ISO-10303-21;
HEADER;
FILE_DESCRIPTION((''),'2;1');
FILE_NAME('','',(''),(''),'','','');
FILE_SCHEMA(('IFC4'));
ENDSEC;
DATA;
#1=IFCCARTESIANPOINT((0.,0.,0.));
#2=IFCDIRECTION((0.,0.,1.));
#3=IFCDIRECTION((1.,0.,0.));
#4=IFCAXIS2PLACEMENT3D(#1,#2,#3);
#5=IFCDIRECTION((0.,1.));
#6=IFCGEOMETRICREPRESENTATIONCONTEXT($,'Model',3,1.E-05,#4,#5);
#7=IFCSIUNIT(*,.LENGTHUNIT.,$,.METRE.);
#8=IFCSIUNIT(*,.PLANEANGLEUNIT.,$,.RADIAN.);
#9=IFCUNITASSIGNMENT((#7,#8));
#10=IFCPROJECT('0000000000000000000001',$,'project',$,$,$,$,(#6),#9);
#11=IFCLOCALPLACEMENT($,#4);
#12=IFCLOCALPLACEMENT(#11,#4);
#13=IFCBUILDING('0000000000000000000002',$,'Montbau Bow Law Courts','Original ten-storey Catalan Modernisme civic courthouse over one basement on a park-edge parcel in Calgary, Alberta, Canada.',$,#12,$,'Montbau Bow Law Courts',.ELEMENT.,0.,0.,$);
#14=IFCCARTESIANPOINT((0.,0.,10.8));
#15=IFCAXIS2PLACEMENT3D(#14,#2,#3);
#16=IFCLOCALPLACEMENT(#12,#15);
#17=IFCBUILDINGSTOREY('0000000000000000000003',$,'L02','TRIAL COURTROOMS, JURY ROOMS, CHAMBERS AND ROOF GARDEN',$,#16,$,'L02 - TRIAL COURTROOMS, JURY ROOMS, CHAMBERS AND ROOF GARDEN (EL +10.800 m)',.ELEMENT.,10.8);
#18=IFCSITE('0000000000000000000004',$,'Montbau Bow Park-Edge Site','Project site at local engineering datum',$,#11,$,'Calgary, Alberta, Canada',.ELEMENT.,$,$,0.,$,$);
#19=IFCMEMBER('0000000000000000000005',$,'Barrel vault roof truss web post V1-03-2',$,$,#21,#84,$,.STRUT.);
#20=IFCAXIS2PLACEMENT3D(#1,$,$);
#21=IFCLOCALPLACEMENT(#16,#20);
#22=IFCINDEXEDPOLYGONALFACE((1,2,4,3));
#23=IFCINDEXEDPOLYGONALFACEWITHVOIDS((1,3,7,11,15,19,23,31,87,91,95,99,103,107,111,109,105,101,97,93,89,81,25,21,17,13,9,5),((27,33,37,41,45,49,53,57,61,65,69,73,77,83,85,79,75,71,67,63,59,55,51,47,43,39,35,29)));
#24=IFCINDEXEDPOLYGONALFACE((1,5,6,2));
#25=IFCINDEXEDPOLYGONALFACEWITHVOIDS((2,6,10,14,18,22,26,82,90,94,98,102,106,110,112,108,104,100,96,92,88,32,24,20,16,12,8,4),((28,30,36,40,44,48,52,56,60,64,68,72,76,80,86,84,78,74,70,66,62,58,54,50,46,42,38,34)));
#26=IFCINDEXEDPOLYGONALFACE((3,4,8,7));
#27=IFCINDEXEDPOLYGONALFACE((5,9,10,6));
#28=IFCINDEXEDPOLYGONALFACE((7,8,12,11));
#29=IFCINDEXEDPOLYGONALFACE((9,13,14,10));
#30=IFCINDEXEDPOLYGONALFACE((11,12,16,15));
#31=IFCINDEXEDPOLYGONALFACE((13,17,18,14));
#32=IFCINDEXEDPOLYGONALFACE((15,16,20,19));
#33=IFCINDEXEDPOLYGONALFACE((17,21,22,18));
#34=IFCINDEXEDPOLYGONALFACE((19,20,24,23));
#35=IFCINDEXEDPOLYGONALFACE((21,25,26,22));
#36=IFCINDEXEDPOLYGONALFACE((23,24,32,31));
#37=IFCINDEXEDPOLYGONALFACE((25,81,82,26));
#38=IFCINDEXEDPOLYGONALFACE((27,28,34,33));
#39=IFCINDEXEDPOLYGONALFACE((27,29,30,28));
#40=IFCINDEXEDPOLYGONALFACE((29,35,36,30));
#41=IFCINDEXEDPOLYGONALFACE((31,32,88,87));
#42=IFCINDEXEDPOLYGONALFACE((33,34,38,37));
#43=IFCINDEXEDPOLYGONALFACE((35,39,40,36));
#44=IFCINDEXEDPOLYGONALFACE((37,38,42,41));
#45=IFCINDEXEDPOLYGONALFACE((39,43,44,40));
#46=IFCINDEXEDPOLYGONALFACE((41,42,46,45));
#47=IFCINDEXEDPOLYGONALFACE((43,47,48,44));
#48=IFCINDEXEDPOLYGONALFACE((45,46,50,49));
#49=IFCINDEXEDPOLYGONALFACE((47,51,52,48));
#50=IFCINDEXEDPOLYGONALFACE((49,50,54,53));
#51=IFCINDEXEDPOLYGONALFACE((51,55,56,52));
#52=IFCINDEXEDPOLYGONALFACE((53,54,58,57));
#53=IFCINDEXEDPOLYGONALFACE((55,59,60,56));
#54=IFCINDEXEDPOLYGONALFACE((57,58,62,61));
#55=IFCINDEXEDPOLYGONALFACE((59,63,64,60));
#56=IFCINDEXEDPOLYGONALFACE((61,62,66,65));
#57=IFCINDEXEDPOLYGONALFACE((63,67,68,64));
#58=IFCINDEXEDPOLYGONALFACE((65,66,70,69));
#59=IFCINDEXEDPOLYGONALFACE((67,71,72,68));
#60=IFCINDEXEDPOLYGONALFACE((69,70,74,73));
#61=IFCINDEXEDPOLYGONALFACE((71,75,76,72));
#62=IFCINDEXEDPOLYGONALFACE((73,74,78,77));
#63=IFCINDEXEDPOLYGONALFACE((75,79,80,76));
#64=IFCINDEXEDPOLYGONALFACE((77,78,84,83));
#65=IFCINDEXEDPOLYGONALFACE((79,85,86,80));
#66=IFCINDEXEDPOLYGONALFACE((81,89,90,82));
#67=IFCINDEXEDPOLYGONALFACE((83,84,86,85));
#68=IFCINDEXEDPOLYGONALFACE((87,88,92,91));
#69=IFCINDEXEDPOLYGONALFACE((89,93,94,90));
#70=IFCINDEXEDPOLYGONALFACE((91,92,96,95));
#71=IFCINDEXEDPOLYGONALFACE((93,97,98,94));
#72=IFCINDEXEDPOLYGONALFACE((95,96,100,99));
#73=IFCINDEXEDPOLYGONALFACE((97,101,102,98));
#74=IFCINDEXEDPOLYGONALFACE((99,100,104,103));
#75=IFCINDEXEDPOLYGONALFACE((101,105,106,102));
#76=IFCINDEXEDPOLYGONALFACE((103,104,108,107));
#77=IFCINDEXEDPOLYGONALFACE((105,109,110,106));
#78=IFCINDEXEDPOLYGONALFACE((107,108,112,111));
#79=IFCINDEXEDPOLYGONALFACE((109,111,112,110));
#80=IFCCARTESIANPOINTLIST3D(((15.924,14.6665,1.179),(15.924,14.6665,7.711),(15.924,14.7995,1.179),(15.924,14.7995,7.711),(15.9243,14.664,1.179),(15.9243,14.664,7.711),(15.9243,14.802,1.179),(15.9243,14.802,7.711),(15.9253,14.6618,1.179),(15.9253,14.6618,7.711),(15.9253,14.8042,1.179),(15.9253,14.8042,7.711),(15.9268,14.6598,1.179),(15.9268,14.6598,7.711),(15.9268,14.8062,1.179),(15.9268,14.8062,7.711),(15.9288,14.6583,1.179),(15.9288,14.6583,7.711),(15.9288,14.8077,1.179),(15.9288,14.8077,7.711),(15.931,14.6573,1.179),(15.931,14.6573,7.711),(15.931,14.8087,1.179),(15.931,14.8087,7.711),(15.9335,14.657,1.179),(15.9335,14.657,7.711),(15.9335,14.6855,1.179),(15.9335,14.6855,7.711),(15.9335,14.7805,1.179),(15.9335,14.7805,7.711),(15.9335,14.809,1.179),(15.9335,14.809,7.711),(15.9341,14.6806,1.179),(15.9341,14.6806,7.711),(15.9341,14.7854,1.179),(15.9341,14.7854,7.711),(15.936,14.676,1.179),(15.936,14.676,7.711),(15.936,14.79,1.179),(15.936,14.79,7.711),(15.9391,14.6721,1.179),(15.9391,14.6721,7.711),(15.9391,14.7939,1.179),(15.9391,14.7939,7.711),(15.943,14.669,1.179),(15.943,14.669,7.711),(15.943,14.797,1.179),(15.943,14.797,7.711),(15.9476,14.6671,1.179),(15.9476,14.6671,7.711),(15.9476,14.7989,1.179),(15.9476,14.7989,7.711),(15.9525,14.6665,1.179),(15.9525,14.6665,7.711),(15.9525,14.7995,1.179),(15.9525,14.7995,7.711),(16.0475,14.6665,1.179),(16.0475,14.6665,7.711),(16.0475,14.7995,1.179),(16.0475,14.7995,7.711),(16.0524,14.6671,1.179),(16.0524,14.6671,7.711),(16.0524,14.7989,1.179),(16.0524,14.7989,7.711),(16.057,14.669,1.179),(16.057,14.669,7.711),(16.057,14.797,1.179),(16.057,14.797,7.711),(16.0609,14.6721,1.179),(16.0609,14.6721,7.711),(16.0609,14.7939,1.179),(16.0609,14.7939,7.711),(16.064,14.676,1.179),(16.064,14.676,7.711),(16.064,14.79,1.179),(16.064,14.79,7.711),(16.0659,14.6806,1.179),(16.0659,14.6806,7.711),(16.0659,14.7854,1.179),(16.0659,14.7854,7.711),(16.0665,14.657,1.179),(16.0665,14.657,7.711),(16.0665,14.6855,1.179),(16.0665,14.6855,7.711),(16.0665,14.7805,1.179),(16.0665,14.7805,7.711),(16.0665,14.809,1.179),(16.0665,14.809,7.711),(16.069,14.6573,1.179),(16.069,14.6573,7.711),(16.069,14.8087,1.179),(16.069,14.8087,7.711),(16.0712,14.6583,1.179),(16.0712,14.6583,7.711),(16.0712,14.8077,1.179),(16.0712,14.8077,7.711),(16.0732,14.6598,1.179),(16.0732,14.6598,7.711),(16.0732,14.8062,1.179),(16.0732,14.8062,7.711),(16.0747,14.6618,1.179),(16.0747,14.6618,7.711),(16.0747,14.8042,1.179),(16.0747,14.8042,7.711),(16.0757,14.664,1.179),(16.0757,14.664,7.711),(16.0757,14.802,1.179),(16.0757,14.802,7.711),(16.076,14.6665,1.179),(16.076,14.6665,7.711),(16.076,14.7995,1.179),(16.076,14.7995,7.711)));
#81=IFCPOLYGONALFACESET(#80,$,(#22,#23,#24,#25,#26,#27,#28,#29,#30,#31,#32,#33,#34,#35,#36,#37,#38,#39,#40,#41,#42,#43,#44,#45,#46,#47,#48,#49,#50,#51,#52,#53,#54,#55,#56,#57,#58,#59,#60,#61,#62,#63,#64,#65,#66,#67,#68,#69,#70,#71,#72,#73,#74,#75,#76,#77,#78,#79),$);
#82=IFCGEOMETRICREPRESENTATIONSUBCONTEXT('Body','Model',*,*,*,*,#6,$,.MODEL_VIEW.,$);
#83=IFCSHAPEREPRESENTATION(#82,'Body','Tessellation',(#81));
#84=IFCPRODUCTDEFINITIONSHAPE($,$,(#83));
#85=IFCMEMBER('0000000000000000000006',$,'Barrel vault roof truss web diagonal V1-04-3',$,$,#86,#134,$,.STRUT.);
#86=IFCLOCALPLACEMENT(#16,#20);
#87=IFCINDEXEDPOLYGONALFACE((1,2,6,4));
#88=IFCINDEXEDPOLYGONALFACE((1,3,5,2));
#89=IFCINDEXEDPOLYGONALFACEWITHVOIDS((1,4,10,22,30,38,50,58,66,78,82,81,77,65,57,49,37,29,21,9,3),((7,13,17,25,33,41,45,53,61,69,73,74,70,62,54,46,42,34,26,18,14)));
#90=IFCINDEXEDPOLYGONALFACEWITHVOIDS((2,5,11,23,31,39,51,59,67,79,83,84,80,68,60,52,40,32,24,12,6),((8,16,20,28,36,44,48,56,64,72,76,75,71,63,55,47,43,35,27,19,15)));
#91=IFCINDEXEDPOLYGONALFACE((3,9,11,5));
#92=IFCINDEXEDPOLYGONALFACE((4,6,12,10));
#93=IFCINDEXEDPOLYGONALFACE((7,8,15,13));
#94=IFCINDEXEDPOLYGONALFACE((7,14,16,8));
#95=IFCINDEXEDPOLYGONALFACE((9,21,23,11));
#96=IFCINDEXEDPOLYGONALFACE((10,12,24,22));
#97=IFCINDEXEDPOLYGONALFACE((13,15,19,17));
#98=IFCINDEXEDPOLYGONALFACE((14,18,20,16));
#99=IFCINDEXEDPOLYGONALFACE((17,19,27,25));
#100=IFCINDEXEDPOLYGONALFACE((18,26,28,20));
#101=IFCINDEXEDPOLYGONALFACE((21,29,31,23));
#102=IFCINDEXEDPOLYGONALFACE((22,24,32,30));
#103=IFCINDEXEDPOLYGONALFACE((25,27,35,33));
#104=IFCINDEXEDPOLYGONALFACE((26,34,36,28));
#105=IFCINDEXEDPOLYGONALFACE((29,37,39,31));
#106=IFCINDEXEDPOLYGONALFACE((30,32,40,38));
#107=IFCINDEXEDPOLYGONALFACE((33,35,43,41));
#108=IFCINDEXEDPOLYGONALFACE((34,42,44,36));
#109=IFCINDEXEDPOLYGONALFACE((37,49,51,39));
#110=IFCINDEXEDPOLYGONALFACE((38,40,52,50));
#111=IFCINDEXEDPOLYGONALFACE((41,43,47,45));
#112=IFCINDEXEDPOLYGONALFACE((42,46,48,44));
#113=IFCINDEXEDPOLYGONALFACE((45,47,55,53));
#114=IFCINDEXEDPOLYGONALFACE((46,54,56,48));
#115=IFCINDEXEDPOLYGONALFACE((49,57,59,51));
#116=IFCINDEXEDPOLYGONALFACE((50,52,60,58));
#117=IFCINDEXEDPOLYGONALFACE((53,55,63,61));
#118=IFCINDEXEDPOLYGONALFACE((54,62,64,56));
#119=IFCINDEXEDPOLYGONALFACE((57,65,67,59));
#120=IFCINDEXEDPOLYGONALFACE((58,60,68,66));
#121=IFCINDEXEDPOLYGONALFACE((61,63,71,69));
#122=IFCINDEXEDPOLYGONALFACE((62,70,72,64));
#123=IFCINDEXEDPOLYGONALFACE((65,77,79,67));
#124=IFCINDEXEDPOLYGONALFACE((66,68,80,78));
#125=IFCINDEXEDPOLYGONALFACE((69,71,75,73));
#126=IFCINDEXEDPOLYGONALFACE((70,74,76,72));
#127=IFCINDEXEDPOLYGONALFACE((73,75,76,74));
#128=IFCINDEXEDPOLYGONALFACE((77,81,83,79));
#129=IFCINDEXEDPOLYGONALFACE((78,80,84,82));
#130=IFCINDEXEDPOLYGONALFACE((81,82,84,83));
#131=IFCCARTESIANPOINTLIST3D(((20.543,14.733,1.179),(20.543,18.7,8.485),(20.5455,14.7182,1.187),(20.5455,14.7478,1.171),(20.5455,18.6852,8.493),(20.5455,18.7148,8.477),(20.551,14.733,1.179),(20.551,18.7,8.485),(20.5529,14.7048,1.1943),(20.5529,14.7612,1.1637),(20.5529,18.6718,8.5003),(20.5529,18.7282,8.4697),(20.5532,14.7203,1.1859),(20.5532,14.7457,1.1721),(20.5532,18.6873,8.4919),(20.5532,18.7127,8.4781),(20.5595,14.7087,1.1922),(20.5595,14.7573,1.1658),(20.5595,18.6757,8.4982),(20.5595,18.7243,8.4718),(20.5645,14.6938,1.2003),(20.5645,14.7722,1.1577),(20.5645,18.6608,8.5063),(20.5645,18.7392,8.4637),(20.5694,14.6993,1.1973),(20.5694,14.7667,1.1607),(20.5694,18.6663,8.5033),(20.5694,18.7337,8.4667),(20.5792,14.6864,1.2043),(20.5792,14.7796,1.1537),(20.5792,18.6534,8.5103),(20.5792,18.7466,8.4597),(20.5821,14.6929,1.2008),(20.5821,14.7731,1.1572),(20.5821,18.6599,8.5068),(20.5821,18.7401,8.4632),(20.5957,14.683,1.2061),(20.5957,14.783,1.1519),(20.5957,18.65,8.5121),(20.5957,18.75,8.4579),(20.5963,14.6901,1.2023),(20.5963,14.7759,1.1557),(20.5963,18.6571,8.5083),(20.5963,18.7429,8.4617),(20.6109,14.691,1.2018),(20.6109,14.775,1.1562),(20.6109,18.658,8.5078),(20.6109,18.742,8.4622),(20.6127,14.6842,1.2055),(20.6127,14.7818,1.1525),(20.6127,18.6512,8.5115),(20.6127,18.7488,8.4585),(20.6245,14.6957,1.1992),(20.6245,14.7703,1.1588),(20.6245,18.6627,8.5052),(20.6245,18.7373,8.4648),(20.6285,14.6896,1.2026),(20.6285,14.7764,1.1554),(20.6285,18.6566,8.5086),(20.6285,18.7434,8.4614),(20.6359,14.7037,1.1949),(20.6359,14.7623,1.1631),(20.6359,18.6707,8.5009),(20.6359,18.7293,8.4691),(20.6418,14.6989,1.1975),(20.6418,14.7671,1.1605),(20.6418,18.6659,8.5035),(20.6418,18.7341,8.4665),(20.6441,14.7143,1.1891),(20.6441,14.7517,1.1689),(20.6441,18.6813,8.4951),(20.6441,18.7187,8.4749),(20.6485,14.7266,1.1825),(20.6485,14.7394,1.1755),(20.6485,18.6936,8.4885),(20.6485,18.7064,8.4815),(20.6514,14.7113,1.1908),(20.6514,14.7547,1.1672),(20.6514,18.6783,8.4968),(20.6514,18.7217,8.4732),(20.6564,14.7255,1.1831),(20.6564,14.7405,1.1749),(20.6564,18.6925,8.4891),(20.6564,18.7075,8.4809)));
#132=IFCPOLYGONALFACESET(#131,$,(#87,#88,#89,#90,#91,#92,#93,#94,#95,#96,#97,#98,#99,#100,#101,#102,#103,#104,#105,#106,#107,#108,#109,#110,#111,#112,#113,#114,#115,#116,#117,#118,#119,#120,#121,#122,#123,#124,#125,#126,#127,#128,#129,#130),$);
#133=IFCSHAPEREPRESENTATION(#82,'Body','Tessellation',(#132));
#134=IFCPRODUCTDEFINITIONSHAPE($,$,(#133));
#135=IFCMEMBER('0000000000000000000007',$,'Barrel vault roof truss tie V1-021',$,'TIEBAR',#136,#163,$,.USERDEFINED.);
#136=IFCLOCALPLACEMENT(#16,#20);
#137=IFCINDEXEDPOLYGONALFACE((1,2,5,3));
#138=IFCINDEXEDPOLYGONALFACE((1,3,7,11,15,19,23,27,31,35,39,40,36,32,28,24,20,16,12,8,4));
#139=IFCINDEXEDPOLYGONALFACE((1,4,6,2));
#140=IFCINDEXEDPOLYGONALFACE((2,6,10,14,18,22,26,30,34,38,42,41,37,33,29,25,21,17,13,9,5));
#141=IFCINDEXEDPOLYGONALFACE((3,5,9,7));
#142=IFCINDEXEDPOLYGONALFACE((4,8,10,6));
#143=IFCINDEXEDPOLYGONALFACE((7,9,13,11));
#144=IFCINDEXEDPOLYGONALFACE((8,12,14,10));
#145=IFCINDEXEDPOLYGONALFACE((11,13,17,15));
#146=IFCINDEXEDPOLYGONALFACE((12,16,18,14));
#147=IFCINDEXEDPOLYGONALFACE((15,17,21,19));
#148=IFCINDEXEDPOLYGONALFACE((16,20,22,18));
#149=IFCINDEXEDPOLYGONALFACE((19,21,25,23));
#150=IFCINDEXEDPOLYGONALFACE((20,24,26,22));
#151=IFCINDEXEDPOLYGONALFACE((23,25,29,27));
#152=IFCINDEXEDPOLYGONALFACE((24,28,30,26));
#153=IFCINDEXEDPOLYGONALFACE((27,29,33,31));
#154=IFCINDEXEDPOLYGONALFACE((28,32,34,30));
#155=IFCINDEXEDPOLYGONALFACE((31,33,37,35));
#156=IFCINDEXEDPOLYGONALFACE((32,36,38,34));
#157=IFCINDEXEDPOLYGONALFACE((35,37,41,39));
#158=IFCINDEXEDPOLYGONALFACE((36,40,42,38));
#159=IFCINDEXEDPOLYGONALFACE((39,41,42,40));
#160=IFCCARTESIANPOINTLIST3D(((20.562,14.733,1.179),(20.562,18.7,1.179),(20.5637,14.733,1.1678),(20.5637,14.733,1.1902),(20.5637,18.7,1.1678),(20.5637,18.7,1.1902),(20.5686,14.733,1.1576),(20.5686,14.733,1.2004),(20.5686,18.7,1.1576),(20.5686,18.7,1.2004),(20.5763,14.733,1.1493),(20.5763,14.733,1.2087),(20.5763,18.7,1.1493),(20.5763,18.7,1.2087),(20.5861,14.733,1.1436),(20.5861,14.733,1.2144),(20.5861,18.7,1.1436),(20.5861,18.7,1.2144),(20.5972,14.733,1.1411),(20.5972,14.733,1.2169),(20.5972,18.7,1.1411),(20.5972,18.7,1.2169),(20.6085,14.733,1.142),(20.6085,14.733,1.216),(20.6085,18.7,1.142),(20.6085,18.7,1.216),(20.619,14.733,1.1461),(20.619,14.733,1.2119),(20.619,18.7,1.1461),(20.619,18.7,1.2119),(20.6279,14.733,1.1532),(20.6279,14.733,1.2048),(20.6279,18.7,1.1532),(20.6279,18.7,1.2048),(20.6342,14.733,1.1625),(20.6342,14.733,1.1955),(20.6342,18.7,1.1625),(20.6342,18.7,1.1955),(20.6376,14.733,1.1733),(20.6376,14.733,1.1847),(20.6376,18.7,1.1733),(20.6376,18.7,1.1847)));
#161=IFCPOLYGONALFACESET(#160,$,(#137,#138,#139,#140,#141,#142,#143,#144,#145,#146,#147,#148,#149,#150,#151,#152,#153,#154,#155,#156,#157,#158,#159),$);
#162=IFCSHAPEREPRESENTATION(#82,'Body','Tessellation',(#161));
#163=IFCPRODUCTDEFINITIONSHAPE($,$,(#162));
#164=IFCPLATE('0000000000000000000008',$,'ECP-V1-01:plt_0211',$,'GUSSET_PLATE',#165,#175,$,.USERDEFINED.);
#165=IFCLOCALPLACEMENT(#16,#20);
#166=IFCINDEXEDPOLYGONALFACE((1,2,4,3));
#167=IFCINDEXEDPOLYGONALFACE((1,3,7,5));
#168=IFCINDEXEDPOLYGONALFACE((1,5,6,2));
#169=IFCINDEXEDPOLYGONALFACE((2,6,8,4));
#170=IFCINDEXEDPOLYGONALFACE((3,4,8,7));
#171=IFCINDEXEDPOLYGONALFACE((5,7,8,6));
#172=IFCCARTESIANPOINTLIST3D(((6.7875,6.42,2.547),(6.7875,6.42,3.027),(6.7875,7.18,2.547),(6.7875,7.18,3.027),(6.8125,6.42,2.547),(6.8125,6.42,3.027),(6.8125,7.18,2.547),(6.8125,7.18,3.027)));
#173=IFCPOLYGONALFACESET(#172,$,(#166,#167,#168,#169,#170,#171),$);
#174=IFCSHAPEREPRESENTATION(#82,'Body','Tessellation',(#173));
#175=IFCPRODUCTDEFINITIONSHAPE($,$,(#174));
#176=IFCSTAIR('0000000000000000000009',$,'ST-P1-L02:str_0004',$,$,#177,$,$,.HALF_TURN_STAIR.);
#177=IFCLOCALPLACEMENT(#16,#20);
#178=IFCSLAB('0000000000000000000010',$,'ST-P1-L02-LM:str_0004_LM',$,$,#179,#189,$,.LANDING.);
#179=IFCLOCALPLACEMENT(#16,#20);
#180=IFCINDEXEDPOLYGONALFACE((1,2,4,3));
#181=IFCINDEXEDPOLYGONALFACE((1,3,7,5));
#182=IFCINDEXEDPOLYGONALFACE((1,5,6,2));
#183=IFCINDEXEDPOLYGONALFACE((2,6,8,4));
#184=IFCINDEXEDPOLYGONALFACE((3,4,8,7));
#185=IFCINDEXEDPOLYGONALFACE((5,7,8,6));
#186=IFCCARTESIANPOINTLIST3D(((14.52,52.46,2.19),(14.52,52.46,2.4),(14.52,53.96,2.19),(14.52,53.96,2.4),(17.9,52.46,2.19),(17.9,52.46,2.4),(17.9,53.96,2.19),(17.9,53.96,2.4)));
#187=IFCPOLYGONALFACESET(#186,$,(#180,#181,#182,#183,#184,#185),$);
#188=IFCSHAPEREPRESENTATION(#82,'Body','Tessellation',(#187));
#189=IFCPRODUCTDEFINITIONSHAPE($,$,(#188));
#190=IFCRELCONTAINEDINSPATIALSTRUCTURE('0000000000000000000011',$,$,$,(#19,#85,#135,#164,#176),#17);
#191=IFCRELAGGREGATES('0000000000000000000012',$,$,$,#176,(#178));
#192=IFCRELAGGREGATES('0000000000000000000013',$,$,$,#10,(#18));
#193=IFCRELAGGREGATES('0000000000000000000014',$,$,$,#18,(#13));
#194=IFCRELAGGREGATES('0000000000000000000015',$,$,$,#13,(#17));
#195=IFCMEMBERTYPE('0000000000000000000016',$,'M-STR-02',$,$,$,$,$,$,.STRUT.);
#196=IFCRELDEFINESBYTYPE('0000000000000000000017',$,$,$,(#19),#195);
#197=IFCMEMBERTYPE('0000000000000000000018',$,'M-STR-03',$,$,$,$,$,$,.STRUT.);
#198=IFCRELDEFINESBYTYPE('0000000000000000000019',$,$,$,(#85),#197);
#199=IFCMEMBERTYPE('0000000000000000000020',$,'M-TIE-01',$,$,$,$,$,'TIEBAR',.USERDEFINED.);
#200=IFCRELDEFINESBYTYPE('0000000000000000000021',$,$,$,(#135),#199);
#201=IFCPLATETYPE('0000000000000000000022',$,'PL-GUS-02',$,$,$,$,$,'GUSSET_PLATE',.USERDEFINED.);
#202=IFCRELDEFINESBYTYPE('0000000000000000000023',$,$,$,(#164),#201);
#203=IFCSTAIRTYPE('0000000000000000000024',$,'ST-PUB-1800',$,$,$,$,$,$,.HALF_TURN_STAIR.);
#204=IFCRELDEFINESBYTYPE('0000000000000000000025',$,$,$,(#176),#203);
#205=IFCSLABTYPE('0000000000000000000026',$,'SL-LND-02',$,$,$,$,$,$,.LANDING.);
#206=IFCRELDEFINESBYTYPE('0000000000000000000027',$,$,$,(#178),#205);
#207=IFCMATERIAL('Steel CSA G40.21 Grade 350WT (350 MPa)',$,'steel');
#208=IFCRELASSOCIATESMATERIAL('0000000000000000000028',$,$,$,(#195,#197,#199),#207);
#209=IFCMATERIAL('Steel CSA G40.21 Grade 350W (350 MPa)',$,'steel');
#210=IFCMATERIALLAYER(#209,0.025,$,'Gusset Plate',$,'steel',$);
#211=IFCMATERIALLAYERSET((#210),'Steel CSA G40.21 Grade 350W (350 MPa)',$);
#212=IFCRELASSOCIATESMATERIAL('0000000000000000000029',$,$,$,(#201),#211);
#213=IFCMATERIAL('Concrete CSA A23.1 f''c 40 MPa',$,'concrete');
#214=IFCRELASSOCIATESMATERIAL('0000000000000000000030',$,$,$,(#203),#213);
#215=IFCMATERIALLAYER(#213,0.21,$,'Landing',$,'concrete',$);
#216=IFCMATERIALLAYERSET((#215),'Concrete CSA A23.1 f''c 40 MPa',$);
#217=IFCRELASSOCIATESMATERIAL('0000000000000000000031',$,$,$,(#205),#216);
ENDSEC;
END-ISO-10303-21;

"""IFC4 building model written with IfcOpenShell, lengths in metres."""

from ifc_helpers import new_model, si_unit, direction, frame, origin_with_axes, origin_2d_with_axis, place, context, subcontext, project, spatial, polyline, rectangle, hollow_rectangle, circle, hollow_circle, outline, extrude, material, layer, layer_set, material_profile, profile_set, type_object, element, aggregate, save


model = new_model("IFC4")

# Units and contexts
model_context = context("Model", 3, precision=1e-05, world=origin_with_axes(), true_north=direction((0.0, 1.0)))
body_context = subcontext(model_context, "Body", "Model", "MODEL_VIEW")
ifc_project = project(units=[si_unit("LENGTHUNIT", "METRE"), si_unit("PLANEANGLEUNIT", "RADIAN")], contexts=[model_context])

# Site, building, storey
site_placement = place(None, origin_with_axes())
site = spatial("IfcSite", under=ifc_project, at=site_placement, Name="Montbau Bow Park-Edge Site", Description="Project site at local engineering datum", LongName="Calgary, Alberta, Canada", CompositionType="ELEMENT", RefElevation=0.0)
building_placement = place(site_placement, origin_with_axes())
building = spatial("IfcBuilding", under=site, at=building_placement, Name="Montbau Bow Law Courts", Description="Original ten-storey Catalan Modernisme civic courthouse over one basement on a park-edge parcel in Calgary, Alberta, Canada.", LongName="Montbau Bow Law Courts", CompositionType="ELEMENT", ElevationOfRefHeight=0.0, ElevationOfTerrain=0.0)
storey_placement = place(building_placement, frame((0.0, 0.0, 10.8), z_axis=(0.0, 0.0, 1.0), x_axis=(1.0, 0.0, 0.0)))
storey = spatial("IfcBuildingStorey", under=building, at=storey_placement, Name="L02", Description="TRIAL COURTROOMS, JURY ROOMS, CHAMBERS AND ROOF GARDEN", LongName="L02 - TRIAL COURTROOMS, JURY ROOMS, CHAMBERS AND ROOF GARDEN (EL +10.800 m)", CompositionType="ELEMENT", Elevation=10.8)

# Shared definitions
ifc_material_1 = material(Name="Steel CSA G40.21 Grade 350WT (350 MPa)", Category="steel")

# Members
ifc_material_profile_1 = material_profile(ifc_material_1, hollow_rectangle(XDim=0.152, YDim=0.152, WallThickness=0.0095, InnerFilletRadius=0.019, OuterFilletRadius=0.0095, at=origin_2d_with_axis()), Name="HSS152X152X9.5", Category="Main", Priority=0)
ifc_profile_set_1 = profile_set([ifc_material_profile_1], Name="Steel CSA G40.21 Grade 350WT (350 MPa)")
member_type_1 = type_object("IfcMemberType", Name="M-STR-02", PredefinedType="STRUT", material=ifc_profile_set_1)
member_1_placement = place(None, frame((16.0, 14.733, 11.979), z_axis=(0.0, 0.0, 1.0), x_axis=(1.0, 0.0, 0.0)))
element("IfcMember", 1, at=member_1_placement, inside=storey, type_object=member_type_1, Name="Barrel vault roof truss web post V1-03-2", PredefinedType="STRUT", context=body_context, shape_type="SweptSolid", body=[
    extrude(hollow_rectangle(XDim=0.152, YDim=0.152, WallThickness=0.0095, InnerFilletRadius=0.019, OuterFilletRadius=0.0095, at=origin_2d_with_axis()), origin_with_axes(), (0.0, 0.0, 1.0), 6.532),
])
ifc_material_profile_2 = material_profile(ifc_material_1, hollow_circle(Radius=0.057, WallThickness=0.008, at=origin_2d_with_axis()), Name="HSS114X8.0", Category="Main", Priority=0)
ifc_profile_set_2 = profile_set([ifc_material_profile_2], Name="Steel CSA G40.21 Grade 350WT (350 MPa)")
member_type_2 = type_object("IfcMemberType", Name="M-STR-03", PredefinedType="STRUT", material=ifc_profile_set_2)
member_2_placement = place(None, frame((20.6, 14.733, 11.979), z_axis=(0.0, 0.477174, 0.878809), x_axis=(-1.0, 0.0, 0.0)))
element("IfcMember", 2, at=member_2_placement, inside=storey, type_object=member_type_2, Name="Barrel vault roof truss web diagonal V1-04-3", PredefinedType="STRUT", context=body_context, shape_type="SweptSolid", body=[
    extrude(hollow_circle(Radius=0.057, WallThickness=0.008, at=origin_2d_with_axis()), origin_with_axes(), (0.0, 0.0, 1.0), 8.3135),
])
ifc_material_profile_3 = material_profile(ifc_material_1, circle(Radius=0.038, at=origin_2d_with_axis()), Name="ROD76", Category="Main", Priority=0)
ifc_profile_set_3 = profile_set([ifc_material_profile_3], Name="Steel CSA G40.21 Grade 350WT (350 MPa)")
member_type_3 = type_object("IfcMemberType", Name="M-TIE-01", ElementType="TIEBAR", PredefinedType="USERDEFINED", material=ifc_profile_set_3)
member_3_placement = place(None, frame((20.6, 14.733, 11.979), z_axis=(0.0, 1.0, 0.0), x_axis=(-1.0, 0.0, 0.0)))
element("IfcMember", 3, at=member_3_placement, inside=storey, type_object=member_type_3, Name="Barrel vault roof truss tie V1-021", ObjectType="TIEBAR", PredefinedType="USERDEFINED", context=body_context, shape_type="SweptSolid", body=[
    extrude(circle(Radius=0.038, at=origin_2d_with_axis()), origin_with_axes(), (0.0, 0.0, 1.0), 3.967),
])

# Plate
ifc_material_2 = material(Name="Steel CSA G40.21 Grade 350W (350 MPa)", Category="steel")
ifc_layer_1 = layer(ifc_material_2, 0.025, Name="Gusset Plate", Category="steel")
ifc_layer_set_1 = layer_set([ifc_layer_1], Name="Steel CSA G40.21 Grade 350W (350 MPa)")
plate_type = type_object("IfcPlateType", Name="PL-GUS-02", ElementType="GUSSET_PLATE", PredefinedType="USERDEFINED", material=ifc_layer_set_1)
plate_placement = place(None, frame((6.8, 6.8, 13.347), z_axis=(0.0, 0.0, 1.0), x_axis=(1.0, 0.0, 0.0)))
element("IfcPlate", 4, at=plate_placement, inside=storey, type_object=plate_type, Name="ECP-V1-01:plt_0211", ObjectType="GUSSET_PLATE", PredefinedType="USERDEFINED", context=body_context, shape_type="SweptSolid", body=[
    extrude(rectangle(XDim=0.025, YDim=0.76, at=origin_2d_with_axis()), origin_with_axes(), (0.0, 0.0, 1.0), 0.48),
])

# Stair, slab
ifc_material_3 = material(Name="Concrete CSA A23.1 f'c 40 MPa", Category="concrete")
stair_type_1 = type_object("IfcStairType", Name="ST-PUB-1800", PredefinedType="HALF_TURN_STAIR", material=ifc_material_3)
stair_1_placement = place(None, frame((15.33, 48.3, 10.8), z_axis=(0.0, 0.0, 1.0), x_axis=(1.0, 0.0, 0.0)))
stair_1 = element("IfcStair", 5, at=stair_1_placement, inside=storey, type_object=stair_type_1, Name="ST-P1-L02:str_0004", PredefinedType="HALF_TURN_STAIR")
ifc_layer_2 = layer(ifc_material_3, 0.21, Name="Landing", Category="concrete")
ifc_layer_set_2 = layer_set([ifc_layer_2], Name="Concrete CSA A23.1 f'c 40 MPa")
slab_type_1 = type_object("IfcSlabType", Name="SL-LND-02", PredefinedType="LANDING", material=ifc_layer_set_2)
slab_1_placement = place(None, frame((0.0, 0.0, 12.99), z_axis=(0.0, 0.0, 1.0), x_axis=(1.0, 0.0, 0.0)))
slab_1 = element("IfcSlab", 6, at=slab_1_placement, type_object=slab_type_1, Name="ST-P1-L02-LM:str_0004_LM", PredefinedType="LANDING", context=body_context, shape_type="SweptSolid", body=[
    extrude(outline(polyline([(14.52, 52.46), (17.9, 52.46), (17.9, 53.96), (14.52, 53.96), (14.52, 52.46)])), origin_with_axes(), (0.0, 0.0, 1.0), 0.21),
])
aggregate(stair_1, [slab_1])

save(model, "model.ifc")
